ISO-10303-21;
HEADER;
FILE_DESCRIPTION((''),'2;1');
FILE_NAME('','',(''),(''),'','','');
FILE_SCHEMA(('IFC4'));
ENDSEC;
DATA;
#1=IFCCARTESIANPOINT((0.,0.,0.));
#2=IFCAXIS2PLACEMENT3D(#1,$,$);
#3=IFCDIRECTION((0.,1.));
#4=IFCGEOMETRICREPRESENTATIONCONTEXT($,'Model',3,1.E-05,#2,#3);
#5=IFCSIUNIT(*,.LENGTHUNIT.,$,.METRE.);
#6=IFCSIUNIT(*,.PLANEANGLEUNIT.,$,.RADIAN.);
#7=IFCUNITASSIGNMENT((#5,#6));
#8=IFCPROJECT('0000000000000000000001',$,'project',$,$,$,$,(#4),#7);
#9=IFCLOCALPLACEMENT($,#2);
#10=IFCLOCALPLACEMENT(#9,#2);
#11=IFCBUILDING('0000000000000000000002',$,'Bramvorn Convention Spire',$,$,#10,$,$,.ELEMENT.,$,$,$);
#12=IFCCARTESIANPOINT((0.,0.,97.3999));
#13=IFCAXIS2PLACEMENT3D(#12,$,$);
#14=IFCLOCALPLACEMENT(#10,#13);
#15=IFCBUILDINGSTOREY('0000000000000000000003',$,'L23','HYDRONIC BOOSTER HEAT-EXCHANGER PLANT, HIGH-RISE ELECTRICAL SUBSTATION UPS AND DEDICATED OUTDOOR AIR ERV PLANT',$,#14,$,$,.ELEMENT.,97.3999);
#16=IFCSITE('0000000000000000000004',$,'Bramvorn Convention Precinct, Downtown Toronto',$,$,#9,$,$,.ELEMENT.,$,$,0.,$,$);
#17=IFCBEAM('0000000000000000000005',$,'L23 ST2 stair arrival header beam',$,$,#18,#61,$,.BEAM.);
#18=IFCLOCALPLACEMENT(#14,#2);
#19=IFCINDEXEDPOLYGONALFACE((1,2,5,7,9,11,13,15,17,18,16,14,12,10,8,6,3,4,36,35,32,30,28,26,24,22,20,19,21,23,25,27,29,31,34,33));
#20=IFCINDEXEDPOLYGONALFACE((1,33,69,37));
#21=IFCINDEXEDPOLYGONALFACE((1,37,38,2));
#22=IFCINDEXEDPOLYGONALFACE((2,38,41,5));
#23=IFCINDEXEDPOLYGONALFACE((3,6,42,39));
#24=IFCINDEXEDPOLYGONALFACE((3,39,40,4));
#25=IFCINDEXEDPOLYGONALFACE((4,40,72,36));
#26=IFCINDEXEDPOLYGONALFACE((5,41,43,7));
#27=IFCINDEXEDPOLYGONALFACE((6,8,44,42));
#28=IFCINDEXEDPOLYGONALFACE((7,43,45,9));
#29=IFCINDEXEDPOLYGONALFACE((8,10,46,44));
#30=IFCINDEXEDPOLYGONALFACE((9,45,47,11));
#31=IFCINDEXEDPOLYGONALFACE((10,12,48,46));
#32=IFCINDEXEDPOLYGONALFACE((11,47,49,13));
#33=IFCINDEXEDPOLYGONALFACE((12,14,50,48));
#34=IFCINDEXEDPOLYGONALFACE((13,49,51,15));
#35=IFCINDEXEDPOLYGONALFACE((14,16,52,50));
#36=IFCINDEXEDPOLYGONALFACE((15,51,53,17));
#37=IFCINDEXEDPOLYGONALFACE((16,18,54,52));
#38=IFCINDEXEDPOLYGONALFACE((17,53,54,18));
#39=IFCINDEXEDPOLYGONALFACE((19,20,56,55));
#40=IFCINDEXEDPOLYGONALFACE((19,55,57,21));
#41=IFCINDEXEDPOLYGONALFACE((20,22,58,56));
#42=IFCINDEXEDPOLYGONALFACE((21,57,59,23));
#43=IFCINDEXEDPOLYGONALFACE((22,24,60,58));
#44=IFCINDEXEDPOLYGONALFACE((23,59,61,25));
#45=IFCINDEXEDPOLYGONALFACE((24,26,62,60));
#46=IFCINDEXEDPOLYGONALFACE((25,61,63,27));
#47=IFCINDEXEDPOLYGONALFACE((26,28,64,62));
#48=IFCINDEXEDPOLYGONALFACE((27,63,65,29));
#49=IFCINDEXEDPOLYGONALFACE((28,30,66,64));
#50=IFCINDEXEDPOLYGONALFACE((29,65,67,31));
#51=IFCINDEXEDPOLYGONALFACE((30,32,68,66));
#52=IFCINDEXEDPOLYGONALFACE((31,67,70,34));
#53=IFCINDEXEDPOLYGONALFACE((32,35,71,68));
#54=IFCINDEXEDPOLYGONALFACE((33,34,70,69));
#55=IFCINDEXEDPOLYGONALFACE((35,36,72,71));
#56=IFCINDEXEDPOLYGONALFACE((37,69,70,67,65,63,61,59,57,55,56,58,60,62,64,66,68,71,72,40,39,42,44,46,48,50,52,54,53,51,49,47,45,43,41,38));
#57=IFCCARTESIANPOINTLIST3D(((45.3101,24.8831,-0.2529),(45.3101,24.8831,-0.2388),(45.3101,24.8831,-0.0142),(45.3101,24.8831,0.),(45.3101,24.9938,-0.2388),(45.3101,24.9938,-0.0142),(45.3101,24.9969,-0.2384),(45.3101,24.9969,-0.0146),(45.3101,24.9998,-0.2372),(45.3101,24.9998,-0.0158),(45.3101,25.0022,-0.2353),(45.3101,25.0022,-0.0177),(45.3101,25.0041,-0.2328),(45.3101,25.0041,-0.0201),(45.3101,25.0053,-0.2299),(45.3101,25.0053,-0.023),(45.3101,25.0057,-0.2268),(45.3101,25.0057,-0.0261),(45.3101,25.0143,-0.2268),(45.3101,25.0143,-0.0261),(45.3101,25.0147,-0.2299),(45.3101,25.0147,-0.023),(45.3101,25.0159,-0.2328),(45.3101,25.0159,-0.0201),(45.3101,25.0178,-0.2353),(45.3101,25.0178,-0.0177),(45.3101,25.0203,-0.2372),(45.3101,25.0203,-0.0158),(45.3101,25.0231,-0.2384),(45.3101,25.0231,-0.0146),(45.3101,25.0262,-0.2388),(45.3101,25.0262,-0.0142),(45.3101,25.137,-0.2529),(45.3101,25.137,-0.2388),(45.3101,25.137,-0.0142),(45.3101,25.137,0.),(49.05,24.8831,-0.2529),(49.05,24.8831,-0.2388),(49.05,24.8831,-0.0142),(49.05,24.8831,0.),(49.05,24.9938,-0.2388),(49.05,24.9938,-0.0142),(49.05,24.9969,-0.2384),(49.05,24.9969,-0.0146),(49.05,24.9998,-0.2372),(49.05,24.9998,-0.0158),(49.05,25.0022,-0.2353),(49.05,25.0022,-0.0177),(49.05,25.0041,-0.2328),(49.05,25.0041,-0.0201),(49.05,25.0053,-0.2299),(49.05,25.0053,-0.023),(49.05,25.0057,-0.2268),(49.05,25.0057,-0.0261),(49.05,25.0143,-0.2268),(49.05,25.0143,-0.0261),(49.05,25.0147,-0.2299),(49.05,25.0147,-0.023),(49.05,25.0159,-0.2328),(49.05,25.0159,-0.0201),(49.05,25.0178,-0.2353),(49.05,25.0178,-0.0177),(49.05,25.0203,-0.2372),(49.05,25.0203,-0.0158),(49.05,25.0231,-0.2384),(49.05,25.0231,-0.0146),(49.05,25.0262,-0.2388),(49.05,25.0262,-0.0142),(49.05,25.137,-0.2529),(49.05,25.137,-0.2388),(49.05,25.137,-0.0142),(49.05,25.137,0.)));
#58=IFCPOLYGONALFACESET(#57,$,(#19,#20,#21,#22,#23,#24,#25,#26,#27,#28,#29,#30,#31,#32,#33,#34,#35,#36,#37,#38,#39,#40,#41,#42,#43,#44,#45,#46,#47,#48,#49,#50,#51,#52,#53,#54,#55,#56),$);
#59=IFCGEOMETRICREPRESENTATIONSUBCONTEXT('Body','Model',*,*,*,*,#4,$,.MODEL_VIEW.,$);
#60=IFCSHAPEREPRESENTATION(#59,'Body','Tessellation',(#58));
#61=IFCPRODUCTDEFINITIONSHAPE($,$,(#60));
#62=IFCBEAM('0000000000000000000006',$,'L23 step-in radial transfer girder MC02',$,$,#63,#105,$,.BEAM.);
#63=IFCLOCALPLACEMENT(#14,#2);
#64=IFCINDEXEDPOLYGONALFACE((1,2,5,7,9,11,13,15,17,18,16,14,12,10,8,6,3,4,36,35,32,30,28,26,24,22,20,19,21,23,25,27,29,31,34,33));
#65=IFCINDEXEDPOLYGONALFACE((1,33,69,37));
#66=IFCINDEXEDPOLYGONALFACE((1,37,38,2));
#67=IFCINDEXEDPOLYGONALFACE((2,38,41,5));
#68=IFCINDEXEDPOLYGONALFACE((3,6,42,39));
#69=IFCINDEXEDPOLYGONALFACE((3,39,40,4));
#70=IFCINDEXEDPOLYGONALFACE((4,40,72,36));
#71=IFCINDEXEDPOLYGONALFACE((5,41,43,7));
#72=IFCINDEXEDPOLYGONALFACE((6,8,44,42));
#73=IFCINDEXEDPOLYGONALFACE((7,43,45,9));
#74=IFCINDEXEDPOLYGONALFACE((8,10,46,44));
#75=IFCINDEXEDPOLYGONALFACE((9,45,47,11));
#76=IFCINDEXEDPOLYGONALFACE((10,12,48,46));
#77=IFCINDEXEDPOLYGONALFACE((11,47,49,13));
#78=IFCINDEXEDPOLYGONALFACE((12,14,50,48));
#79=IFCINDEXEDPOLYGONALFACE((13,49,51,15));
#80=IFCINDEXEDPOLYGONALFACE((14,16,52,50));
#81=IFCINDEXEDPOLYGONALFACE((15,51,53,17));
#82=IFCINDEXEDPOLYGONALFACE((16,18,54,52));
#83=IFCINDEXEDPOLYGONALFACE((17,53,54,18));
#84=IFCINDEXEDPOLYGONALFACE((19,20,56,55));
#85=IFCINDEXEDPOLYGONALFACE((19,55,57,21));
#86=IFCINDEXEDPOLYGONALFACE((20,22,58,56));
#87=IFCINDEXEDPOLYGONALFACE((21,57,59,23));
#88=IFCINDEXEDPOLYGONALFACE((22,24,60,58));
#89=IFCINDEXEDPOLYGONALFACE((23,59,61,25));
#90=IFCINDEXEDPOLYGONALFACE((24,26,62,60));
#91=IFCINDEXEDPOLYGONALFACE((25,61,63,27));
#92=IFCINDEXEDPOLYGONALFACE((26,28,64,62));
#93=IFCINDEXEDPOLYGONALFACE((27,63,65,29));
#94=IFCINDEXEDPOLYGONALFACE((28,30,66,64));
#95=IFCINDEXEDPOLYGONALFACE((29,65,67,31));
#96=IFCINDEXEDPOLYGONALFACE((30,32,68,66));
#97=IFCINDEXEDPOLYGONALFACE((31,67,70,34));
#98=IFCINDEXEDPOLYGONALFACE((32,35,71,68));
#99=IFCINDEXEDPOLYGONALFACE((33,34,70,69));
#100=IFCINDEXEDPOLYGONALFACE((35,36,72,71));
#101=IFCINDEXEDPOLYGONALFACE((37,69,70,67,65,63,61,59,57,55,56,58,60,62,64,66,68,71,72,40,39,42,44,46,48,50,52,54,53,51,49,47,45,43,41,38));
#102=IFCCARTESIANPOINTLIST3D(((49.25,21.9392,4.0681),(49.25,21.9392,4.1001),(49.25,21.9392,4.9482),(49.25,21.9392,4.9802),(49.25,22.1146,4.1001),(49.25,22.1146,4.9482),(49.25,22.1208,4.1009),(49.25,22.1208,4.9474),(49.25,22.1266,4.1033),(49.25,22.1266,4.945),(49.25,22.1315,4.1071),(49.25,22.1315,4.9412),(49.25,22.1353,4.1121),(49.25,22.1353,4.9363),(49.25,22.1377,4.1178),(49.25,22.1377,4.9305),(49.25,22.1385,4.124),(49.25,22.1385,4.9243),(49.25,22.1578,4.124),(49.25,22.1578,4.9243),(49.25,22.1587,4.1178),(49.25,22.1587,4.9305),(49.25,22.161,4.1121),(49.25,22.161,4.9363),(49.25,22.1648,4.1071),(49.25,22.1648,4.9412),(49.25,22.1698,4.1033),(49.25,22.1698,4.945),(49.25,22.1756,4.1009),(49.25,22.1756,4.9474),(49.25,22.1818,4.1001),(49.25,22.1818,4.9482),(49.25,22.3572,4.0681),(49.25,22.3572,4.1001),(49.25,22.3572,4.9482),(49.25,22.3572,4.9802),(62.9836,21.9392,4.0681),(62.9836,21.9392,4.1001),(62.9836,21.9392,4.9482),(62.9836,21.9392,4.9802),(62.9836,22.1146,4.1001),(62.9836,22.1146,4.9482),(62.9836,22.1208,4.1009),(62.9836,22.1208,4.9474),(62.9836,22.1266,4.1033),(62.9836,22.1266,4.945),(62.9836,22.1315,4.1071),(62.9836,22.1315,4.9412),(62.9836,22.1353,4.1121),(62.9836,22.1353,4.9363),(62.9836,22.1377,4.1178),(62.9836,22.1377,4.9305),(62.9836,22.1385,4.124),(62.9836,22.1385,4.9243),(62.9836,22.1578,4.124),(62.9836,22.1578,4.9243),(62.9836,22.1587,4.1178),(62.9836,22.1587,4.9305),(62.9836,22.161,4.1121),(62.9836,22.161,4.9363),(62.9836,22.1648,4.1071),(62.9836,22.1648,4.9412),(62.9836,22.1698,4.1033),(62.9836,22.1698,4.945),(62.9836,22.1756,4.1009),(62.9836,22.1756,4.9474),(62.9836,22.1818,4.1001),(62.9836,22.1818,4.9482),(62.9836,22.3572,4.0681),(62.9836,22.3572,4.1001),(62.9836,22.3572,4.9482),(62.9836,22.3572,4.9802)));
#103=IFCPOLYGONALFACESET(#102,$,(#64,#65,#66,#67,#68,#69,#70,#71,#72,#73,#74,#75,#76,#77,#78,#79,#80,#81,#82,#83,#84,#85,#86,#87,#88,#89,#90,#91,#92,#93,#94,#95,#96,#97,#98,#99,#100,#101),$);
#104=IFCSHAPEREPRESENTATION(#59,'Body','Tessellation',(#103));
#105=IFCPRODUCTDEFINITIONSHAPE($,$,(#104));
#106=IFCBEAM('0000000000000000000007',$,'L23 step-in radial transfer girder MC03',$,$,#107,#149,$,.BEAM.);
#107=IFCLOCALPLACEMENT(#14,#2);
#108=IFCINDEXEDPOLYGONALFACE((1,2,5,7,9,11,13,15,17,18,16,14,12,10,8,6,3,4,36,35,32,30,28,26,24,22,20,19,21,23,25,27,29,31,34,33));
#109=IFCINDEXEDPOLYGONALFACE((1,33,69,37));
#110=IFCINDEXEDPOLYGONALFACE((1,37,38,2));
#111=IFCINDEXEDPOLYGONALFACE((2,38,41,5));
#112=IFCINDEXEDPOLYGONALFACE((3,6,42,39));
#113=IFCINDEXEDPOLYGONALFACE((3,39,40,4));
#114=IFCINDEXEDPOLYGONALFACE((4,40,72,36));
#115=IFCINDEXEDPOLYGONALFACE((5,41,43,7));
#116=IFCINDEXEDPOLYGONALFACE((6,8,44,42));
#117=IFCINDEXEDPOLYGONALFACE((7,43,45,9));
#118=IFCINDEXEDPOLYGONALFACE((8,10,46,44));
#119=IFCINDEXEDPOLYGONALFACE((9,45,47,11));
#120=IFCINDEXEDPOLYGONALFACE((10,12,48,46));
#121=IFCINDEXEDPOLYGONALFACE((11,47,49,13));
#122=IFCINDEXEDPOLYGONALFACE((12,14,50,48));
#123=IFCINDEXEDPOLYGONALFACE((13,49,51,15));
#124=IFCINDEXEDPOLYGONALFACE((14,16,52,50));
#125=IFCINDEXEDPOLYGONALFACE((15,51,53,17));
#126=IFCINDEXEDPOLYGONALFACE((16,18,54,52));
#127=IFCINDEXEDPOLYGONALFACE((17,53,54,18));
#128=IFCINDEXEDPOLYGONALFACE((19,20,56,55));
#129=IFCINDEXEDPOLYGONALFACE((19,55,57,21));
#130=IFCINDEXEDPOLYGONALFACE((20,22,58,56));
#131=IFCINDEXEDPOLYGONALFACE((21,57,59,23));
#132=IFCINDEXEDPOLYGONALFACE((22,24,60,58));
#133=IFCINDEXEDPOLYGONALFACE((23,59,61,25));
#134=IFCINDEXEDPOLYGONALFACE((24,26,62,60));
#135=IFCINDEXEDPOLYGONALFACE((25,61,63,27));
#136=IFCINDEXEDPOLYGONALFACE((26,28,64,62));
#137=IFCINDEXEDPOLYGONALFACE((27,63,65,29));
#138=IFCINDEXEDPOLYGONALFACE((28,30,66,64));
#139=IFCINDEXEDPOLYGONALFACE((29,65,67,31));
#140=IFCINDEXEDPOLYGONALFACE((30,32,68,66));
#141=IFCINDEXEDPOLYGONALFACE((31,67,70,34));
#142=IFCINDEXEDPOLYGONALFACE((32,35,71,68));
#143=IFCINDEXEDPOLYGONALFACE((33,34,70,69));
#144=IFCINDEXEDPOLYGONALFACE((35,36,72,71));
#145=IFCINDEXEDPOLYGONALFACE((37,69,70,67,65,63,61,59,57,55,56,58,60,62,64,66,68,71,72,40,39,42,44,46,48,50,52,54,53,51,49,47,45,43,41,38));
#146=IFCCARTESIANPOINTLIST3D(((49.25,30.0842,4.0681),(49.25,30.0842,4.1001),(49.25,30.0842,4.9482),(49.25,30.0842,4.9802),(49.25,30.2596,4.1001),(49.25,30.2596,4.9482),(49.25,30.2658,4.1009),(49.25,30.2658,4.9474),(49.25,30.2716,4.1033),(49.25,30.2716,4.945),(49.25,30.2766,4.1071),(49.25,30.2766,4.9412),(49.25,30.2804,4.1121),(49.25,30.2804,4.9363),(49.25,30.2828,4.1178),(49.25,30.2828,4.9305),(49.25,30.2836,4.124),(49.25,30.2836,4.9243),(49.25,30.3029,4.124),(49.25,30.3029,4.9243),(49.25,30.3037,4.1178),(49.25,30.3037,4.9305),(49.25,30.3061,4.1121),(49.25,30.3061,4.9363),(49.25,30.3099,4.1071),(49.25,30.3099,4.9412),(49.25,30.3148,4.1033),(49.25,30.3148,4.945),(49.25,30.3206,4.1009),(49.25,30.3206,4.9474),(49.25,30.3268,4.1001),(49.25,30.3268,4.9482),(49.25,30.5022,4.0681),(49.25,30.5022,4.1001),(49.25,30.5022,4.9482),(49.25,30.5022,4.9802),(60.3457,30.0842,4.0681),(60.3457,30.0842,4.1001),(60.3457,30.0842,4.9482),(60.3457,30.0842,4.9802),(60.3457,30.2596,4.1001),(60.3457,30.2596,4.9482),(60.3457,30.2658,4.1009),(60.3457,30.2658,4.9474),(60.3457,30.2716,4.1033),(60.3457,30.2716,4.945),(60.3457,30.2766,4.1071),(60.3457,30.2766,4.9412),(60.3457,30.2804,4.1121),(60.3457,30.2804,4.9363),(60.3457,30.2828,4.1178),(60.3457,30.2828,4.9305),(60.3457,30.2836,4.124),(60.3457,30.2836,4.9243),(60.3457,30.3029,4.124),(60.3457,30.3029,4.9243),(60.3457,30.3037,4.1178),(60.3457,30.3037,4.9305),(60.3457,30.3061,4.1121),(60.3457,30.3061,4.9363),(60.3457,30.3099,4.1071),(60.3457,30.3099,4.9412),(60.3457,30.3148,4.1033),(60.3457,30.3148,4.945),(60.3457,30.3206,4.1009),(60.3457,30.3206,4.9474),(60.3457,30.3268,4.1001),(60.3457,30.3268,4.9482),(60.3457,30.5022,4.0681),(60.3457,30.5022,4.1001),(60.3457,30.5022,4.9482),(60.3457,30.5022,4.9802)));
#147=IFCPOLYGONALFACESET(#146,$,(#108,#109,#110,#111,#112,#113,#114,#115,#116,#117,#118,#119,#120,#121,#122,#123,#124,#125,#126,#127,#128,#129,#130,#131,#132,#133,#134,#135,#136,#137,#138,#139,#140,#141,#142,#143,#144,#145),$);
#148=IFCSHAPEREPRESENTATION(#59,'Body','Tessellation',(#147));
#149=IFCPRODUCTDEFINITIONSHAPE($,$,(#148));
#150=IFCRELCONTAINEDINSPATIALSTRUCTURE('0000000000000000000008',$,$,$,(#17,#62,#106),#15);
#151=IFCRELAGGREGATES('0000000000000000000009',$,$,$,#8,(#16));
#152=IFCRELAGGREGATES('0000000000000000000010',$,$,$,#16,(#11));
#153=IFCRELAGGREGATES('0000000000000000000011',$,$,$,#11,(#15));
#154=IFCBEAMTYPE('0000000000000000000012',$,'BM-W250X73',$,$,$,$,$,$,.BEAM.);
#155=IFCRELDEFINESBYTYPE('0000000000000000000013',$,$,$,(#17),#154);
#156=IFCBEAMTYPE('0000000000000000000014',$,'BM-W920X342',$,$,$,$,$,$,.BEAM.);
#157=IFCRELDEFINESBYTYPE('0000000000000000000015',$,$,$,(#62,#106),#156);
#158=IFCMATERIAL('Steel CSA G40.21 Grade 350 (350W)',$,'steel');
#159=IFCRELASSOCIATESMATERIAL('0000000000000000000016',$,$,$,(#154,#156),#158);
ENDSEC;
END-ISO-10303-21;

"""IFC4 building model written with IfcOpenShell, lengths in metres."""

from ifc_helpers import new_model, si_unit, direction, frame, origin, origin_2d, place, context, subcontext, project, spatial, i_section, extrude, material, material_profile, profile_set, type_object, element, save


model = new_model("IFC4")

# Units and contexts
model_context = context("Model", 3, precision=1e-05, world=origin(), true_north=direction((0.0, 1.0)))
body_context = subcontext(model_context, "Body", "Model", "MODEL_VIEW")
ifc_project = project(units=[si_unit("LENGTHUNIT", "METRE"), si_unit("PLANEANGLEUNIT", "RADIAN")], contexts=[model_context])

# Site, building, storey
site_placement = place(None, origin())
site = spatial("IfcSite", under=ifc_project, at=site_placement, Name="Bramvorn Convention Precinct, Downtown Toronto", CompositionType="ELEMENT", RefElevation=0.0)
building_placement = place(site_placement, origin())
building = spatial("IfcBuilding", under=site, at=building_placement, Name="Bramvorn Convention Spire", CompositionType="ELEMENT")
storey_placement = place(building_placement, frame((0.0, 0.0, 97.3999)))
storey = spatial("IfcBuildingStorey", under=building, at=storey_placement, Name="L23", Description="HYDRONIC BOOSTER HEAT-EXCHANGER PLANT, HIGH-RISE ELECTRICAL SUBSTATION UPS AND DEDICATED OUTDOOR AIR ERV PLANT", CompositionType="ELEMENT", Elevation=97.3999)

# Beams
ifc_material_1 = material(Name="Steel CSA G40.21 Grade 350 (350W)", Category="steel")
ifc_material_profile_1 = material_profile(ifc_material_1, i_section(OverallWidth=0.2539, OverallDepth=0.2529, WebThickness=0.0085, FlangeThickness=0.0142, FilletRadius=0.012, at=origin_2d()))
ifc_profile_set_1 = profile_set([ifc_material_profile_1], Name="Steel CSA G40.21 Grade 350 (350W) - W250X73")
beam_type_1 = type_object("IfcBeamType", Name="BM-W250X73", PredefinedType="BEAM", material=ifc_profile_set_1)
beam_1_placement = place(storey_placement, frame((45.3101, 25.01, -0.1265), z_axis=(1.0, 0.0, 0.0), x_axis=(0.0, 1.0, 0.0)))
element("IfcBeam", 1, at=beam_1_placement, inside=storey, type_object=beam_type_1, Name="L23 ST2 stair arrival header beam", PredefinedType="BEAM", context=body_context, shape_type="SweptSolid", body=[
    extrude(i_section(OverallWidth=0.2539, OverallDepth=0.2529, WebThickness=0.0085, FlangeThickness=0.0142, FilletRadius=0.012, at=origin_2d()), origin(), (0.0, 0.0, 1.0), 3.74),
])
ifc_material_profile_2 = material_profile(ifc_material_1, i_section(OverallWidth=0.418, OverallDepth=0.9121, WebThickness=0.0193, FlangeThickness=0.032, FilletRadius=0.0239, at=origin_2d()))
ifc_profile_set_2 = profile_set([ifc_material_profile_2], Name="Steel CSA G40.21 Grade 350 (350W) - W920X342")
beam_type_2 = type_object("IfcBeamType", Name="BM-W920X342", PredefinedType="BEAM", material=ifc_profile_set_2)
beam_2_placement = place(storey_placement, frame((49.25, 22.1482, 4.5242), z_axis=(1.0, 0.0, 0.0), x_axis=(0.0, 1.0, 0.0)))
element("IfcBeam", 2, at=beam_2_placement, inside=storey, type_object=beam_type_2, Name="L23 step-in radial transfer girder MC02", PredefinedType="BEAM", context=body_context, shape_type="SweptSolid", body=[
    extrude(i_section(OverallWidth=0.418, OverallDepth=0.9121, WebThickness=0.0193, FlangeThickness=0.032, FilletRadius=0.0239, at=origin_2d()), origin(), (0.0, 0.0, 1.0), 13.7336),
])
beam_3_placement = place(storey_placement, frame((49.25, 30.2932, 4.5242), z_axis=(1.0, 0.0, 0.0), x_axis=(0.0, 1.0, 0.0)))
element("IfcBeam", 3, at=beam_3_placement, inside=storey, type_object=beam_type_2, Name="L23 step-in radial transfer girder MC03", PredefinedType="BEAM", context=body_context, shape_type="SweptSolid", body=[
    extrude(i_section(OverallWidth=0.418, OverallDepth=0.9121, WebThickness=0.0193, FlangeThickness=0.032, FilletRadius=0.0239, at=origin_2d()), origin(), (0.0, 0.0, 1.0), 11.0957),
])

save(model, "model.ifc")
